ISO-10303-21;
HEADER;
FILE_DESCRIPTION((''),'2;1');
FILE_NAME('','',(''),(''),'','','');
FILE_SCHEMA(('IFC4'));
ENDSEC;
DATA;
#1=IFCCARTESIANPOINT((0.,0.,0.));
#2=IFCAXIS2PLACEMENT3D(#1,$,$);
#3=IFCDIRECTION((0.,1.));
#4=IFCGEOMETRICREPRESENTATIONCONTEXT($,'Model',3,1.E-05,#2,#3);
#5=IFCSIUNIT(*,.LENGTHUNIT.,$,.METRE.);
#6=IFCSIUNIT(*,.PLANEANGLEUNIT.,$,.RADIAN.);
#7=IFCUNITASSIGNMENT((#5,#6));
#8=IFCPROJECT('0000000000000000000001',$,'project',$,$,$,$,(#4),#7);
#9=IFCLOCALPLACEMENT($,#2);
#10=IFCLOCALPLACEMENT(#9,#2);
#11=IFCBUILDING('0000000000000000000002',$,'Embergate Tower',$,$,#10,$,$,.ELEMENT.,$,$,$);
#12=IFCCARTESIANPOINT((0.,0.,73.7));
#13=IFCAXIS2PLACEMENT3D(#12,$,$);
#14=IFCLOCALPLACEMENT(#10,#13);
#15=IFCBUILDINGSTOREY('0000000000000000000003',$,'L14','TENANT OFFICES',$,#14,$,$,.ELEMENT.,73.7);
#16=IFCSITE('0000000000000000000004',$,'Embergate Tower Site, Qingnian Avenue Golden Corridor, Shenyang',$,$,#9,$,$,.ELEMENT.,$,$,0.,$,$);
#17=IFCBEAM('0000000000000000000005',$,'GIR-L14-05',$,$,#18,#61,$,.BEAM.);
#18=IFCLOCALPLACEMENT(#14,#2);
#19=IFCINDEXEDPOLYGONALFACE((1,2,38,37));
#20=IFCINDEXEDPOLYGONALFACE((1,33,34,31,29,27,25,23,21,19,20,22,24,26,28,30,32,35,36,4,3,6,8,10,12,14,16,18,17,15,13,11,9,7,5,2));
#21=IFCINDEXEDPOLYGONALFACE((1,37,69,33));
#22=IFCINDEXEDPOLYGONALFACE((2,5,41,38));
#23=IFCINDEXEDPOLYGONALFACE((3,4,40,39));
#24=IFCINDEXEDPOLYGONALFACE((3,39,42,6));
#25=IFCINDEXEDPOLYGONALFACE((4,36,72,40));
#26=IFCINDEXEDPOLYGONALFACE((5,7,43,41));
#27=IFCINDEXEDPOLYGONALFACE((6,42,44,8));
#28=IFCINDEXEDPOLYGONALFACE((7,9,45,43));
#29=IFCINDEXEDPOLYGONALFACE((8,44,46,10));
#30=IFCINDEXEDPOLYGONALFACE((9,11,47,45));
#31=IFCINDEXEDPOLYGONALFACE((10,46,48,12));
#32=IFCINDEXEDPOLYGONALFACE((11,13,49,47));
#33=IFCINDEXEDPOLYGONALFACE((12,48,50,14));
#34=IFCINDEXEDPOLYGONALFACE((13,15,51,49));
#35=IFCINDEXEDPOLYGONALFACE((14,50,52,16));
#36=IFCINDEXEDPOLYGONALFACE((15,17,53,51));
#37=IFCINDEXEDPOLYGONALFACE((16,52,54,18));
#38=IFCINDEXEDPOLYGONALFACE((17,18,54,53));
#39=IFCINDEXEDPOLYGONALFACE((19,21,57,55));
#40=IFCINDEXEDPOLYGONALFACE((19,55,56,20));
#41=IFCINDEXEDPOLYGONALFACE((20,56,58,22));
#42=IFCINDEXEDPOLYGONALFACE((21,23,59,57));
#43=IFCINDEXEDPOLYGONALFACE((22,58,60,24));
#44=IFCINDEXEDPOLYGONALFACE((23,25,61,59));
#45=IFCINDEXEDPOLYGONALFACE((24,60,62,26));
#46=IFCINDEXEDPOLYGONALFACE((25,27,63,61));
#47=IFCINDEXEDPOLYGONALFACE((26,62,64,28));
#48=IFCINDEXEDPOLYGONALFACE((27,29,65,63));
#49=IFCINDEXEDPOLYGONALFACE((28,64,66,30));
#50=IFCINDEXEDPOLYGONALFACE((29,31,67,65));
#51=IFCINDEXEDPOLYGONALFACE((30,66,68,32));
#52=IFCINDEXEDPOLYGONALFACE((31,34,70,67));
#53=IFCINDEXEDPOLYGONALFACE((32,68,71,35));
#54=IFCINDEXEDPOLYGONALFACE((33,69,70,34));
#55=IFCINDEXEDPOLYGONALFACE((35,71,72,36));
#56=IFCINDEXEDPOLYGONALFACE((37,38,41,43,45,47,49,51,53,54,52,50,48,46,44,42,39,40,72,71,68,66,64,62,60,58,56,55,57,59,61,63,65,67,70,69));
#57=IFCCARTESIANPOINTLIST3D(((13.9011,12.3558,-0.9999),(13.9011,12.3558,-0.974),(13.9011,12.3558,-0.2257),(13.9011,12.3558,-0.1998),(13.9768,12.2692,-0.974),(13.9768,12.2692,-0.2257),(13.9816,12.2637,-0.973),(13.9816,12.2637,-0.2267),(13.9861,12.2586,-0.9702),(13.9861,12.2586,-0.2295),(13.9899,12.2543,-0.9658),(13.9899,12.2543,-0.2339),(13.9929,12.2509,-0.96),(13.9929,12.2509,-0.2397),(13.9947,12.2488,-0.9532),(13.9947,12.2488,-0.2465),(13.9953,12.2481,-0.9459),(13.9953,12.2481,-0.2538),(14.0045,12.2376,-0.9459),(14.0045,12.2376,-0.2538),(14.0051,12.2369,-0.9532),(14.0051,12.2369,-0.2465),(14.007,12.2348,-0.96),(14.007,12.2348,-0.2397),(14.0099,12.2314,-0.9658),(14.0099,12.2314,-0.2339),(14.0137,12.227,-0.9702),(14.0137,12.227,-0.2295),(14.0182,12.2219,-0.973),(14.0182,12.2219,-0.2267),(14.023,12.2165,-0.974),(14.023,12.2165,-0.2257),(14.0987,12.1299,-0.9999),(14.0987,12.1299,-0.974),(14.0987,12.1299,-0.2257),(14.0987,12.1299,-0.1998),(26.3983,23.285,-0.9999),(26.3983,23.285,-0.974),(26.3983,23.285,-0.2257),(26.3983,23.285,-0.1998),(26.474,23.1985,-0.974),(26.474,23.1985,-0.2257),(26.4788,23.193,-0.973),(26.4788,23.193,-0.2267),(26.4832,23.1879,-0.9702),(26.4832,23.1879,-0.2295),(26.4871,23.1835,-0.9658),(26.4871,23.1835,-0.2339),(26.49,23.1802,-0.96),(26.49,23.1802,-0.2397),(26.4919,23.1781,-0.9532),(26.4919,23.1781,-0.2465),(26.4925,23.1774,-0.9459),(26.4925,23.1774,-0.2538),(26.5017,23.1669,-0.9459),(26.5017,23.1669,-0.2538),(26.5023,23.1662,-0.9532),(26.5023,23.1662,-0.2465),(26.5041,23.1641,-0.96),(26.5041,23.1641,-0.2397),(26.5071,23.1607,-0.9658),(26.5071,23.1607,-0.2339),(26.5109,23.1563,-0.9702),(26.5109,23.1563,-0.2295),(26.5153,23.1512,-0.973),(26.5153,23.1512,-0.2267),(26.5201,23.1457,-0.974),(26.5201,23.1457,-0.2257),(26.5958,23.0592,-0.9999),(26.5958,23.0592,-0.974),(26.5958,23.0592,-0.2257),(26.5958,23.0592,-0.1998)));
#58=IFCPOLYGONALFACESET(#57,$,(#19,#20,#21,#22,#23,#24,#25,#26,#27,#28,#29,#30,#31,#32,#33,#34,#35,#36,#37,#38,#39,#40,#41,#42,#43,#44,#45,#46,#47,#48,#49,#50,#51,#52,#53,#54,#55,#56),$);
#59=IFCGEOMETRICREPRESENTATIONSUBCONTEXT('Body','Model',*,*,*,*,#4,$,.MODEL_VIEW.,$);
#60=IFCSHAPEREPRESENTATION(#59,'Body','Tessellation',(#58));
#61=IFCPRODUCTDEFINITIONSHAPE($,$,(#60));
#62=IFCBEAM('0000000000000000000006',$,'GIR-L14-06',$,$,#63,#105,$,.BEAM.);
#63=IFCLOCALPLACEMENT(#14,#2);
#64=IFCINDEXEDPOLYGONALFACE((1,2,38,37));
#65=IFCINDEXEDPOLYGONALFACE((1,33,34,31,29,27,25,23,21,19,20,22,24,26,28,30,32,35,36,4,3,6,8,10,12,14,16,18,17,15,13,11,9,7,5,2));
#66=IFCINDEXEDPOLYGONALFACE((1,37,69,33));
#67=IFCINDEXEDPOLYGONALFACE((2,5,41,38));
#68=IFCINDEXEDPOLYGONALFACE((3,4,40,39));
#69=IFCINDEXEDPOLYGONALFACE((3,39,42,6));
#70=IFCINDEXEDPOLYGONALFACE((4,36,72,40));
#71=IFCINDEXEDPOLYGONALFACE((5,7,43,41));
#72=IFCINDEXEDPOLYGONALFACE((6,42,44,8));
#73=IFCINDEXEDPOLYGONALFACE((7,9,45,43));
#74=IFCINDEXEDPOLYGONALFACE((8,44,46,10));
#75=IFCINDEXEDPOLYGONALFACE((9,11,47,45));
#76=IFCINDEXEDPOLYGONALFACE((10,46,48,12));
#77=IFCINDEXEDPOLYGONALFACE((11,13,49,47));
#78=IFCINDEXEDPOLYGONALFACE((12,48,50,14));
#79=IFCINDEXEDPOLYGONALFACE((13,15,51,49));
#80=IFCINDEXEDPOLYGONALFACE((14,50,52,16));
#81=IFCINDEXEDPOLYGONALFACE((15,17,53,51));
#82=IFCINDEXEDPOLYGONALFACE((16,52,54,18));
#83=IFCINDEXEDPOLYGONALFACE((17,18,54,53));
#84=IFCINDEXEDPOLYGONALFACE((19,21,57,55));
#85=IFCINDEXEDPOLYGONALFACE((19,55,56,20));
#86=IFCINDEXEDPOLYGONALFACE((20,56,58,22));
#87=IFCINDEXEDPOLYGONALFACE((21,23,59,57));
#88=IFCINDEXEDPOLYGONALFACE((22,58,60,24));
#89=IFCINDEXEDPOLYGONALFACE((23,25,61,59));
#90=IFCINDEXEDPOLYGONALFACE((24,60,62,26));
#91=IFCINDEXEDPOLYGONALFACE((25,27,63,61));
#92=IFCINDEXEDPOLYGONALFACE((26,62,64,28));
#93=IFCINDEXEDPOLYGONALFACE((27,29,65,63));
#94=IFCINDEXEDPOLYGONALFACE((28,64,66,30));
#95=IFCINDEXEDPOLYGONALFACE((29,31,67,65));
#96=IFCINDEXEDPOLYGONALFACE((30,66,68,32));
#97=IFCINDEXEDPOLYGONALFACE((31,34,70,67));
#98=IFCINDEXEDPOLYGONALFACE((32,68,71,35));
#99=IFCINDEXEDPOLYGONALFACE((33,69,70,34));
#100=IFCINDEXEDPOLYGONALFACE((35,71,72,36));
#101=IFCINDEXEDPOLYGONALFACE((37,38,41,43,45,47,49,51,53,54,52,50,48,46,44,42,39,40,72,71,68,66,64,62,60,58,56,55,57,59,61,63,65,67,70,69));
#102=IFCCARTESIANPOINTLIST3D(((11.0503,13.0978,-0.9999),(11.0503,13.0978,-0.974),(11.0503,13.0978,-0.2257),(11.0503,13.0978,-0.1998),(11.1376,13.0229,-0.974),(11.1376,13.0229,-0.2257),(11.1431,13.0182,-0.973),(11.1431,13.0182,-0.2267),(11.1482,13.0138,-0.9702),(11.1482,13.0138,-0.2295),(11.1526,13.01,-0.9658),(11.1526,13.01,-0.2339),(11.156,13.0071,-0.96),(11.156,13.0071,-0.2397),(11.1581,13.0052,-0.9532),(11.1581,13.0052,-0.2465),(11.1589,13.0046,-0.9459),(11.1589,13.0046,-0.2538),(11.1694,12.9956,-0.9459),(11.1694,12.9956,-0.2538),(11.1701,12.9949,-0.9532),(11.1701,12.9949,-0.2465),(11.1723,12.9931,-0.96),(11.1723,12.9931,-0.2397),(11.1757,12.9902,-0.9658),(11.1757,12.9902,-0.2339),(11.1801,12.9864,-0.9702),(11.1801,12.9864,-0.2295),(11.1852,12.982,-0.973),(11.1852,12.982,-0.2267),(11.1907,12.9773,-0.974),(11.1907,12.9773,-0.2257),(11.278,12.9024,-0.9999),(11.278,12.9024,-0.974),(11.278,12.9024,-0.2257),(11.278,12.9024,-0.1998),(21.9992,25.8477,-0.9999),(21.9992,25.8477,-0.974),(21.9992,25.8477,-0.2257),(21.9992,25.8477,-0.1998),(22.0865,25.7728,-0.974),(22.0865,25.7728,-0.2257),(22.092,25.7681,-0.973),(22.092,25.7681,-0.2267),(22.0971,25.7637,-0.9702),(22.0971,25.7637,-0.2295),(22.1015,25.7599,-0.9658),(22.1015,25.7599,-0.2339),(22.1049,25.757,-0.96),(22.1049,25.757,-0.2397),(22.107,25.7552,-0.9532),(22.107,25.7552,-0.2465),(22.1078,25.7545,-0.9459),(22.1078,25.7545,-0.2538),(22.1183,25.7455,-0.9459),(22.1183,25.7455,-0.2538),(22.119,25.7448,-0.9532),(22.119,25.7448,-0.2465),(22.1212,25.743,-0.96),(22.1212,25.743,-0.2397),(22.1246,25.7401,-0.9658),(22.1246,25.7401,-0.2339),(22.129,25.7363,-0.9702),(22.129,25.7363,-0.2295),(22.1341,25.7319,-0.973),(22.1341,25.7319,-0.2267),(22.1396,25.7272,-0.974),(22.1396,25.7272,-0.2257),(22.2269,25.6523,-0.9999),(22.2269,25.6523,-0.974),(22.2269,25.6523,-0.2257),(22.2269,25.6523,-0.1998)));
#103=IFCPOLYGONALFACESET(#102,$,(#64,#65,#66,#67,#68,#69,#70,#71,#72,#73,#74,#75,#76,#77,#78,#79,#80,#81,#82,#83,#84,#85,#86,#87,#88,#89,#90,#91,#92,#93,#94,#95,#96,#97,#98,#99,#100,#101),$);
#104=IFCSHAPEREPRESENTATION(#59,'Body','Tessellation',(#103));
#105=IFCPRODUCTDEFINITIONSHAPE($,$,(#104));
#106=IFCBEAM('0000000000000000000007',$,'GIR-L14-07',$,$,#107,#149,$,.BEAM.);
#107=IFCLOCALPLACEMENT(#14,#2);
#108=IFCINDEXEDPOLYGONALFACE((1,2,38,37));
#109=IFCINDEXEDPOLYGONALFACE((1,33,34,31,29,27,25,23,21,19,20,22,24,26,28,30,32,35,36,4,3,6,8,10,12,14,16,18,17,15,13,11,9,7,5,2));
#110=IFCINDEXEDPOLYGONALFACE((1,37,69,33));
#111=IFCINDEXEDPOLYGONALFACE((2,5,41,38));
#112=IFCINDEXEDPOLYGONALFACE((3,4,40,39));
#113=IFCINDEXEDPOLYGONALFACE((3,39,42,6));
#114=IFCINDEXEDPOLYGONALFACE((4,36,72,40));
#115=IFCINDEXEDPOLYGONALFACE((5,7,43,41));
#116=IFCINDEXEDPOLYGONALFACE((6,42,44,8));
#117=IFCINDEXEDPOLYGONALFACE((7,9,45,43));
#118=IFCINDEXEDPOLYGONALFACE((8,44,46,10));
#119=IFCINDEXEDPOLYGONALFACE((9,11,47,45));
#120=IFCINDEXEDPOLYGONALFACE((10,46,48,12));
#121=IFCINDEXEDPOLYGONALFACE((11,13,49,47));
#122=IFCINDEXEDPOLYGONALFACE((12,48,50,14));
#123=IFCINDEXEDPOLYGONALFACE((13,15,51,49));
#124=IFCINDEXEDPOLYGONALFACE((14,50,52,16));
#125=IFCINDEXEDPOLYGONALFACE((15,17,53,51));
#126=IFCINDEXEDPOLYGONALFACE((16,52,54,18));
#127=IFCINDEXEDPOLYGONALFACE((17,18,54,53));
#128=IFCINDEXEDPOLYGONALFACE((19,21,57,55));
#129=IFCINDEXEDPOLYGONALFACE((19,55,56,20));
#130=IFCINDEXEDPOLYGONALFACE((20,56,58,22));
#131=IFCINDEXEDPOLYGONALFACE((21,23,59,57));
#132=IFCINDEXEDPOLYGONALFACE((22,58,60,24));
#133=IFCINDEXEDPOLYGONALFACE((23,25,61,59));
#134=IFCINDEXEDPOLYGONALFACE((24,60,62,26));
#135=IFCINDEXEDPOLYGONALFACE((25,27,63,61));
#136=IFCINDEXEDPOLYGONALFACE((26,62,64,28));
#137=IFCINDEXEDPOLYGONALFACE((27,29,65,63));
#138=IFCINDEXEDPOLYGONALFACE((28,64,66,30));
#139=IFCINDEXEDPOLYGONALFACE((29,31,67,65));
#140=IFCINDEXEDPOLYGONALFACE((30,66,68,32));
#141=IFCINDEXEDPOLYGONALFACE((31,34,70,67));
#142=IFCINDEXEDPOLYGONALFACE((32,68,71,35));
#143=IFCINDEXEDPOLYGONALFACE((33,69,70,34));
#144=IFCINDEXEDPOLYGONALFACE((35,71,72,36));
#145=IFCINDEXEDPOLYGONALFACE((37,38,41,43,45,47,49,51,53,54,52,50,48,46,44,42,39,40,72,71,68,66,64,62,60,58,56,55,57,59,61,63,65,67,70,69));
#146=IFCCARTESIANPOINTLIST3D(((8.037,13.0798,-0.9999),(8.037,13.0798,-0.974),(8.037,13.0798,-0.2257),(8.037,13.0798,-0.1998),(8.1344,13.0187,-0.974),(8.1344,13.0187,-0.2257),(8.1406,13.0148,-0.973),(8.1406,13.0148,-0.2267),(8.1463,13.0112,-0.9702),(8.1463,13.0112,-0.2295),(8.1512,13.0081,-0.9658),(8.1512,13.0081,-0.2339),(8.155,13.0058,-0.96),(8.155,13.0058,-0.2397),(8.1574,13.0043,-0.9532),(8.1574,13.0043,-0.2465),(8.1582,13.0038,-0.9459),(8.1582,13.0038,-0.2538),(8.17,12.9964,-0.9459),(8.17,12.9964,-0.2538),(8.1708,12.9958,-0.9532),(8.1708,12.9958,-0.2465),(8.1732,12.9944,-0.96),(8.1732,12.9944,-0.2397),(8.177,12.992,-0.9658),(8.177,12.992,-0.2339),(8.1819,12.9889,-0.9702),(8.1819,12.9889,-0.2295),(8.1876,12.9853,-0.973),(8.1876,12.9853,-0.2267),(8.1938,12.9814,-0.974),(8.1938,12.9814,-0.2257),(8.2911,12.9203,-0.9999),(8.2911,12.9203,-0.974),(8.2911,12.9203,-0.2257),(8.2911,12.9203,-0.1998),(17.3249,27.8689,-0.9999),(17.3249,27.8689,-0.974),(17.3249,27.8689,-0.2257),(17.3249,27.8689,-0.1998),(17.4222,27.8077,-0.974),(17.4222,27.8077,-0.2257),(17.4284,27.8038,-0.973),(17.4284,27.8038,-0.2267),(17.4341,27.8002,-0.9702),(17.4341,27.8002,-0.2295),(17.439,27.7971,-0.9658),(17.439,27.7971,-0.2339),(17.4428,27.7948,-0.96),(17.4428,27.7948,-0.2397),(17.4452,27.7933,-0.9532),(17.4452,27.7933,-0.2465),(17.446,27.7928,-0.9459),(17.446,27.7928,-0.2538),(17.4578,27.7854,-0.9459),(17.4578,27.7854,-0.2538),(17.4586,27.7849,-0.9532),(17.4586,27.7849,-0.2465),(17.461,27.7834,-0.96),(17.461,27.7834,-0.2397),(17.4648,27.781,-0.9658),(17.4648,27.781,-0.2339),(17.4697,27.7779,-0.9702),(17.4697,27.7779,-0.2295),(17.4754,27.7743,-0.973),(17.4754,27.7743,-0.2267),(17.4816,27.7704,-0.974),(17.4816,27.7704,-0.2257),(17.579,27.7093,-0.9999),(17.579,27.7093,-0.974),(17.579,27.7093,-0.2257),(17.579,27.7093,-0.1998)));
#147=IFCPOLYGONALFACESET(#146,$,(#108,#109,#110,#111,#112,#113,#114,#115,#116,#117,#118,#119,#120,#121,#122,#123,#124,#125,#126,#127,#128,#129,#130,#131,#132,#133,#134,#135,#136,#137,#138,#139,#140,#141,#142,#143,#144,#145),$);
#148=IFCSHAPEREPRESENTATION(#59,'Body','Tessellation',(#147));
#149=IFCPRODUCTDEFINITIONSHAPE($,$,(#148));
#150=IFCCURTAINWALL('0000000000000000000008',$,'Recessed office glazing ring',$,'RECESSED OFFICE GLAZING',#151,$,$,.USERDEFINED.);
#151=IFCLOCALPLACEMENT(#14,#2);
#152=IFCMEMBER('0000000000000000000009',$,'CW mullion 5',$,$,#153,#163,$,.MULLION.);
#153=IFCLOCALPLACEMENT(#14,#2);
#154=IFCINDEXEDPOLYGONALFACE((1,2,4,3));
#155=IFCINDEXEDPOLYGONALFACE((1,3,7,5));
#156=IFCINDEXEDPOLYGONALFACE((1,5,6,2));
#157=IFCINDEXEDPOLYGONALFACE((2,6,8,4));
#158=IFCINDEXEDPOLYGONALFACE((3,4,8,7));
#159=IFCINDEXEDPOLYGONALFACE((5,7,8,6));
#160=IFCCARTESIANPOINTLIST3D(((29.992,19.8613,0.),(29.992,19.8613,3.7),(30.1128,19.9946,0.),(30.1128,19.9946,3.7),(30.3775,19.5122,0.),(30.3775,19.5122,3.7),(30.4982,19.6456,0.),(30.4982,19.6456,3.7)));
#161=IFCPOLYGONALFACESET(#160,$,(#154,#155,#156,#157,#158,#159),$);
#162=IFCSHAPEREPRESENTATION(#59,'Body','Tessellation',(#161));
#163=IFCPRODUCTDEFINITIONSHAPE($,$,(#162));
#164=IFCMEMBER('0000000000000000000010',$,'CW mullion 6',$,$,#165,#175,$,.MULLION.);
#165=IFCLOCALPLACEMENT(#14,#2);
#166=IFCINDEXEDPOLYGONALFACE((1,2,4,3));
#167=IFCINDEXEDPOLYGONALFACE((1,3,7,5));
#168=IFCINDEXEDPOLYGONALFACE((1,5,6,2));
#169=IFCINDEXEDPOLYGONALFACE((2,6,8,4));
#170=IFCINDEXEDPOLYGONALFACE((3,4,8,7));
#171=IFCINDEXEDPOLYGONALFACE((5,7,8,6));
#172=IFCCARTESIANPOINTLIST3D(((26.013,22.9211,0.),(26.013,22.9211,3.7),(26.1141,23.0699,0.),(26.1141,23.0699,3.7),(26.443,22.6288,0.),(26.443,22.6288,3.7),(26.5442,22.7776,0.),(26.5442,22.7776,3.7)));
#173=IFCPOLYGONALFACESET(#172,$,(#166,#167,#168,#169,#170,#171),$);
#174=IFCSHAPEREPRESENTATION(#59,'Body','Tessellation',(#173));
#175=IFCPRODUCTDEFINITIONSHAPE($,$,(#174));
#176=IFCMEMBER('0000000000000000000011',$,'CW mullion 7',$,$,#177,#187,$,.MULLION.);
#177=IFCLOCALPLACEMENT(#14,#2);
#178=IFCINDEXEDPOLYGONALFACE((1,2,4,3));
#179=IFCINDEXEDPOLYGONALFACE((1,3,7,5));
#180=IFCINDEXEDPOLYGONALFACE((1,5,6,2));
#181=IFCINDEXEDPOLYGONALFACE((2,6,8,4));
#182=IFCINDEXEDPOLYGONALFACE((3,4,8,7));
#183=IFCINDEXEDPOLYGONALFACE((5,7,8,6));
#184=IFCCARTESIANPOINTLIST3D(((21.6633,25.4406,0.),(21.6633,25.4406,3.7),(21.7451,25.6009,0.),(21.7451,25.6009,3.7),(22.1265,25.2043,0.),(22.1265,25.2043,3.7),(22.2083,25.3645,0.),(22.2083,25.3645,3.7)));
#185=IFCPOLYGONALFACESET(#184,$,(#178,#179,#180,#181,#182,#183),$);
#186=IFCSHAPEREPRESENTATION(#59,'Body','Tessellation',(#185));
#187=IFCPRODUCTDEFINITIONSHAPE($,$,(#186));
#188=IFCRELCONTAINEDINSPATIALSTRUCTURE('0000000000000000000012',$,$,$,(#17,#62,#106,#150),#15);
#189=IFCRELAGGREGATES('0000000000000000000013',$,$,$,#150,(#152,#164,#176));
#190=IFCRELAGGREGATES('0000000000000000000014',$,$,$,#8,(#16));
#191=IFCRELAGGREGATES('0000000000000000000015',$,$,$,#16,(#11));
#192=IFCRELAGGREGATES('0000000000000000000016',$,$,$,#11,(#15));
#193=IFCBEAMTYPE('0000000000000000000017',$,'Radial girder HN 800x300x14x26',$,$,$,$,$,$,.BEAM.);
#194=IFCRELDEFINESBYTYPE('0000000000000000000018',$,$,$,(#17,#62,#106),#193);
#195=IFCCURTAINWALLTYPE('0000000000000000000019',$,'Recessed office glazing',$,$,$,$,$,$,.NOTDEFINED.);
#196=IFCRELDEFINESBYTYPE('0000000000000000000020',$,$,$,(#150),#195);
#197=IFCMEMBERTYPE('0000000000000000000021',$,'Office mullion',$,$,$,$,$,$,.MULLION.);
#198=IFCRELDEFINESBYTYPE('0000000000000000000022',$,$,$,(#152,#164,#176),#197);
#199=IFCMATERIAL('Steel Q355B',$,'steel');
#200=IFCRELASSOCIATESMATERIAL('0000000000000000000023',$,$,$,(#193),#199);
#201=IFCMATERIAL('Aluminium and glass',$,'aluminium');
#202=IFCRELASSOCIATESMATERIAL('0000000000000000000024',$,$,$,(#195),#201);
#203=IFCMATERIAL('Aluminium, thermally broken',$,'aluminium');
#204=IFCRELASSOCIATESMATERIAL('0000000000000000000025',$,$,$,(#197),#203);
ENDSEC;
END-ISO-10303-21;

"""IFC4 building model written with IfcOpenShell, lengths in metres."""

from ifc_helpers import new_model, si_unit, direction, frame, origin, origin_2d, place, context, subcontext, project, spatial, rectangle, i_section, extrude, source, transform, mapped, material, material_profile, profile_set, type_object, element, aggregate, save


model = new_model("IFC4")

# Units and contexts
model_context = context("Model", 3, precision=1e-05, world=origin(), true_north=direction((0.0, 1.0)))
body_context = subcontext(model_context, "Body", "Model", "MODEL_VIEW")
ifc_project = project(units=[si_unit("LENGTHUNIT", "METRE"), si_unit("PLANEANGLEUNIT", "RADIAN")], contexts=[model_context])

# Site, building, storey
site_placement = place(None, origin())
site = spatial("IfcSite", under=ifc_project, at=site_placement, Name="Embergate Tower Site, Qingnian Avenue Golden Corridor, Shenyang", CompositionType="ELEMENT", RefElevation=0.0)
building_placement = place(site_placement, origin())
building = spatial("IfcBuilding", under=site, at=building_placement, Name="Embergate Tower", CompositionType="ELEMENT")
storey_placement = place(building_placement, frame((0.0, 0.0, 73.7)))
storey = spatial("IfcBuildingStorey", under=building, at=storey_placement, Name="L14", Description="TENANT OFFICES", CompositionType="ELEMENT", Elevation=73.7)

# Beams
ifc_material_1 = material(Name="Steel Q355B", Category="steel")
ifc_material_profile_1 = material_profile(ifc_material_1, i_section(OverallWidth=0.3, OverallDepth=0.8, WebThickness=0.0139, FlangeThickness=0.0259, FilletRadius=0.0281, at=origin_2d()), Name="HN 800x300x14x26")
ifc_profile_set_1 = profile_set([ifc_material_profile_1], Name="Steel Q355 grade B")
beam_type_1 = type_object("IfcBeamType", Name="Radial girder HN 800x300x14x26", PredefinedType="BEAM", material=ifc_profile_set_1)
shared_shape_1 = source(origin(), body_context, "Body", "SweptSolid", [
    extrude(i_section(OverallWidth=0.3, OverallDepth=0.8, WebThickness=0.0139, FlangeThickness=0.0259, FilletRadius=0.0281, at=origin_2d()), origin(), (0.0, 0.0, 1.0), 16.6021),
])
beam_1_placement = place(storey_placement, frame((26.4971, 23.1721, -0.5999), z_axis=(-0.752748, -0.658309, 0.0), x_axis=(0.658309, -0.752748, 0.0)))
element("IfcBeam", 1, at=beam_1_placement, inside=storey, type_object=beam_type_1, Name="GIR-L14-05", PredefinedType="BEAM", context=body_context, shape_type="MappedRepresentation", body=[
    mapped(shared_shape_1, transform((0.0, 0.0, 0.0))),
])
shared_shape_2 = source(origin(), body_context, "Body", "SweptSolid", [
    extrude(i_section(OverallWidth=0.3, OverallDepth=0.8, WebThickness=0.0139, FlangeThickness=0.0259, FilletRadius=0.0281, at=origin_2d()), origin(), (0.0, 0.0, 1.0), 16.8059),
])
beam_2_placement = place(storey_placement, frame((22.113, 25.75, -0.5999), z_axis=(-0.651491, -0.758656, 0.0), x_axis=(0.758656, -0.651491, 0.0)))
element("IfcBeam", 2, at=beam_2_placement, inside=storey, type_object=beam_type_1, Name="GIR-L14-06", PredefinedType="BEAM", context=body_context, shape_type="MappedRepresentation", body=[
    mapped(shared_shape_2, transform((0.0, 0.0, 0.0))),
])
shared_shape_3 = source(origin(), body_context, "Body", "SweptSolid", [
    extrude(i_section(OverallWidth=0.3, OverallDepth=0.8, WebThickness=0.0139, FlangeThickness=0.0259, FilletRadius=0.0281, at=origin_2d()), origin(), (0.0, 0.0, 1.0), 17.4636),
])
beam_3_placement = place(storey_placement, frame((17.4519, 27.7891, -0.5999), z_axis=(-0.531837, -0.846847, 0.0), x_axis=(0.846847, -0.531837, 0.0)))
element("IfcBeam", 3, at=beam_3_placement, inside=storey, type_object=beam_type_1, Name="GIR-L14-07", PredefinedType="BEAM", context=body_context, shape_type="MappedRepresentation", body=[
    mapped(shared_shape_3, transform((0.0, 0.0, 0.0))),
])

# Curtain wall, members
ifc_material_2 = material(Name="Aluminium and glass", Category="aluminium")
curtain_wall_type = type_object("IfcCurtainWallType", Name="Recessed office glazing", PredefinedType="NOTDEFINED", material=ifc_material_2)
curtain_wall_placement = place(storey_placement, origin())
curtain_wall = element("IfcCurtainWall", 4, at=curtain_wall_placement, inside=storey, type_object=curtain_wall_type, Name="Recessed office glazing ring", ObjectType="RECESSED OFFICE GLAZING", PredefinedType="USERDEFINED")
ifc_material_3 = material(Name="Aluminium, thermally broken", Category="aluminium")
ifc_material_profile_2 = material_profile(ifc_material_3, rectangle(XDim=0.1799, YDim=0.52, at=origin_2d()), Name="AL 520x180")
ifc_profile_set_2 = profile_set([ifc_material_profile_2], Name="Aluminium, thermally broken")
member_type_1 = type_object("IfcMemberType", Name="Office mullion", PredefinedType="MULLION", material=ifc_profile_set_2)
shared_shape_4 = source(origin(), body_context, "Body", "SweptSolid", [
    extrude(rectangle(XDim=0.1799, YDim=0.52, at=origin_2d()), origin(), (0.0, 0.0, 1.0), 3.7),
])
member_1_placement = place(storey_placement, frame((30.2451, 19.7534, 0.0), z_axis=(0.0, 0.0, 1.0), x_axis=(-0.671234, -0.741245, 0.0)))
member_1 = element("IfcMember", 5, at=member_1_placement, type_object=member_type_1, Name="CW mullion 5", PredefinedType="MULLION", context=body_context, shape_type="MappedRepresentation", body=[
    mapped(shared_shape_4, transform((0.0, 0.0, 0.0))),
])
member_2_placement = place(storey_placement, frame((26.2786, 22.8494, 0.0), z_axis=(0.0, 0.0, 1.0), x_axis=(-0.562223, -0.826985, 0.0)))
member_2 = element("IfcMember", 6, at=member_2_placement, type_object=member_type_1, Name="CW mullion 6", PredefinedType="MULLION", context=body_context, shape_type="MappedRepresentation", body=[
    mapped(shared_shape_4, transform((0.0, 0.0, 0.0))),
])
member_3_placement = place(storey_placement, frame((21.9358, 25.4026, 0.0), z_axis=(0.0, 0.0, 1.0), x_axis=(-0.454516, -0.890739, 0.0)))
member_3 = element("IfcMember", 7, at=member_3_placement, type_object=member_type_1, Name="CW mullion 7", PredefinedType="MULLION", context=body_context, shape_type="MappedRepresentation", body=[
    mapped(shared_shape_4, transform((0.0, 0.0, 0.0))),
])
aggregate(curtain_wall, [member_1, member_2, member_3])

save(model, "model.ifc")
